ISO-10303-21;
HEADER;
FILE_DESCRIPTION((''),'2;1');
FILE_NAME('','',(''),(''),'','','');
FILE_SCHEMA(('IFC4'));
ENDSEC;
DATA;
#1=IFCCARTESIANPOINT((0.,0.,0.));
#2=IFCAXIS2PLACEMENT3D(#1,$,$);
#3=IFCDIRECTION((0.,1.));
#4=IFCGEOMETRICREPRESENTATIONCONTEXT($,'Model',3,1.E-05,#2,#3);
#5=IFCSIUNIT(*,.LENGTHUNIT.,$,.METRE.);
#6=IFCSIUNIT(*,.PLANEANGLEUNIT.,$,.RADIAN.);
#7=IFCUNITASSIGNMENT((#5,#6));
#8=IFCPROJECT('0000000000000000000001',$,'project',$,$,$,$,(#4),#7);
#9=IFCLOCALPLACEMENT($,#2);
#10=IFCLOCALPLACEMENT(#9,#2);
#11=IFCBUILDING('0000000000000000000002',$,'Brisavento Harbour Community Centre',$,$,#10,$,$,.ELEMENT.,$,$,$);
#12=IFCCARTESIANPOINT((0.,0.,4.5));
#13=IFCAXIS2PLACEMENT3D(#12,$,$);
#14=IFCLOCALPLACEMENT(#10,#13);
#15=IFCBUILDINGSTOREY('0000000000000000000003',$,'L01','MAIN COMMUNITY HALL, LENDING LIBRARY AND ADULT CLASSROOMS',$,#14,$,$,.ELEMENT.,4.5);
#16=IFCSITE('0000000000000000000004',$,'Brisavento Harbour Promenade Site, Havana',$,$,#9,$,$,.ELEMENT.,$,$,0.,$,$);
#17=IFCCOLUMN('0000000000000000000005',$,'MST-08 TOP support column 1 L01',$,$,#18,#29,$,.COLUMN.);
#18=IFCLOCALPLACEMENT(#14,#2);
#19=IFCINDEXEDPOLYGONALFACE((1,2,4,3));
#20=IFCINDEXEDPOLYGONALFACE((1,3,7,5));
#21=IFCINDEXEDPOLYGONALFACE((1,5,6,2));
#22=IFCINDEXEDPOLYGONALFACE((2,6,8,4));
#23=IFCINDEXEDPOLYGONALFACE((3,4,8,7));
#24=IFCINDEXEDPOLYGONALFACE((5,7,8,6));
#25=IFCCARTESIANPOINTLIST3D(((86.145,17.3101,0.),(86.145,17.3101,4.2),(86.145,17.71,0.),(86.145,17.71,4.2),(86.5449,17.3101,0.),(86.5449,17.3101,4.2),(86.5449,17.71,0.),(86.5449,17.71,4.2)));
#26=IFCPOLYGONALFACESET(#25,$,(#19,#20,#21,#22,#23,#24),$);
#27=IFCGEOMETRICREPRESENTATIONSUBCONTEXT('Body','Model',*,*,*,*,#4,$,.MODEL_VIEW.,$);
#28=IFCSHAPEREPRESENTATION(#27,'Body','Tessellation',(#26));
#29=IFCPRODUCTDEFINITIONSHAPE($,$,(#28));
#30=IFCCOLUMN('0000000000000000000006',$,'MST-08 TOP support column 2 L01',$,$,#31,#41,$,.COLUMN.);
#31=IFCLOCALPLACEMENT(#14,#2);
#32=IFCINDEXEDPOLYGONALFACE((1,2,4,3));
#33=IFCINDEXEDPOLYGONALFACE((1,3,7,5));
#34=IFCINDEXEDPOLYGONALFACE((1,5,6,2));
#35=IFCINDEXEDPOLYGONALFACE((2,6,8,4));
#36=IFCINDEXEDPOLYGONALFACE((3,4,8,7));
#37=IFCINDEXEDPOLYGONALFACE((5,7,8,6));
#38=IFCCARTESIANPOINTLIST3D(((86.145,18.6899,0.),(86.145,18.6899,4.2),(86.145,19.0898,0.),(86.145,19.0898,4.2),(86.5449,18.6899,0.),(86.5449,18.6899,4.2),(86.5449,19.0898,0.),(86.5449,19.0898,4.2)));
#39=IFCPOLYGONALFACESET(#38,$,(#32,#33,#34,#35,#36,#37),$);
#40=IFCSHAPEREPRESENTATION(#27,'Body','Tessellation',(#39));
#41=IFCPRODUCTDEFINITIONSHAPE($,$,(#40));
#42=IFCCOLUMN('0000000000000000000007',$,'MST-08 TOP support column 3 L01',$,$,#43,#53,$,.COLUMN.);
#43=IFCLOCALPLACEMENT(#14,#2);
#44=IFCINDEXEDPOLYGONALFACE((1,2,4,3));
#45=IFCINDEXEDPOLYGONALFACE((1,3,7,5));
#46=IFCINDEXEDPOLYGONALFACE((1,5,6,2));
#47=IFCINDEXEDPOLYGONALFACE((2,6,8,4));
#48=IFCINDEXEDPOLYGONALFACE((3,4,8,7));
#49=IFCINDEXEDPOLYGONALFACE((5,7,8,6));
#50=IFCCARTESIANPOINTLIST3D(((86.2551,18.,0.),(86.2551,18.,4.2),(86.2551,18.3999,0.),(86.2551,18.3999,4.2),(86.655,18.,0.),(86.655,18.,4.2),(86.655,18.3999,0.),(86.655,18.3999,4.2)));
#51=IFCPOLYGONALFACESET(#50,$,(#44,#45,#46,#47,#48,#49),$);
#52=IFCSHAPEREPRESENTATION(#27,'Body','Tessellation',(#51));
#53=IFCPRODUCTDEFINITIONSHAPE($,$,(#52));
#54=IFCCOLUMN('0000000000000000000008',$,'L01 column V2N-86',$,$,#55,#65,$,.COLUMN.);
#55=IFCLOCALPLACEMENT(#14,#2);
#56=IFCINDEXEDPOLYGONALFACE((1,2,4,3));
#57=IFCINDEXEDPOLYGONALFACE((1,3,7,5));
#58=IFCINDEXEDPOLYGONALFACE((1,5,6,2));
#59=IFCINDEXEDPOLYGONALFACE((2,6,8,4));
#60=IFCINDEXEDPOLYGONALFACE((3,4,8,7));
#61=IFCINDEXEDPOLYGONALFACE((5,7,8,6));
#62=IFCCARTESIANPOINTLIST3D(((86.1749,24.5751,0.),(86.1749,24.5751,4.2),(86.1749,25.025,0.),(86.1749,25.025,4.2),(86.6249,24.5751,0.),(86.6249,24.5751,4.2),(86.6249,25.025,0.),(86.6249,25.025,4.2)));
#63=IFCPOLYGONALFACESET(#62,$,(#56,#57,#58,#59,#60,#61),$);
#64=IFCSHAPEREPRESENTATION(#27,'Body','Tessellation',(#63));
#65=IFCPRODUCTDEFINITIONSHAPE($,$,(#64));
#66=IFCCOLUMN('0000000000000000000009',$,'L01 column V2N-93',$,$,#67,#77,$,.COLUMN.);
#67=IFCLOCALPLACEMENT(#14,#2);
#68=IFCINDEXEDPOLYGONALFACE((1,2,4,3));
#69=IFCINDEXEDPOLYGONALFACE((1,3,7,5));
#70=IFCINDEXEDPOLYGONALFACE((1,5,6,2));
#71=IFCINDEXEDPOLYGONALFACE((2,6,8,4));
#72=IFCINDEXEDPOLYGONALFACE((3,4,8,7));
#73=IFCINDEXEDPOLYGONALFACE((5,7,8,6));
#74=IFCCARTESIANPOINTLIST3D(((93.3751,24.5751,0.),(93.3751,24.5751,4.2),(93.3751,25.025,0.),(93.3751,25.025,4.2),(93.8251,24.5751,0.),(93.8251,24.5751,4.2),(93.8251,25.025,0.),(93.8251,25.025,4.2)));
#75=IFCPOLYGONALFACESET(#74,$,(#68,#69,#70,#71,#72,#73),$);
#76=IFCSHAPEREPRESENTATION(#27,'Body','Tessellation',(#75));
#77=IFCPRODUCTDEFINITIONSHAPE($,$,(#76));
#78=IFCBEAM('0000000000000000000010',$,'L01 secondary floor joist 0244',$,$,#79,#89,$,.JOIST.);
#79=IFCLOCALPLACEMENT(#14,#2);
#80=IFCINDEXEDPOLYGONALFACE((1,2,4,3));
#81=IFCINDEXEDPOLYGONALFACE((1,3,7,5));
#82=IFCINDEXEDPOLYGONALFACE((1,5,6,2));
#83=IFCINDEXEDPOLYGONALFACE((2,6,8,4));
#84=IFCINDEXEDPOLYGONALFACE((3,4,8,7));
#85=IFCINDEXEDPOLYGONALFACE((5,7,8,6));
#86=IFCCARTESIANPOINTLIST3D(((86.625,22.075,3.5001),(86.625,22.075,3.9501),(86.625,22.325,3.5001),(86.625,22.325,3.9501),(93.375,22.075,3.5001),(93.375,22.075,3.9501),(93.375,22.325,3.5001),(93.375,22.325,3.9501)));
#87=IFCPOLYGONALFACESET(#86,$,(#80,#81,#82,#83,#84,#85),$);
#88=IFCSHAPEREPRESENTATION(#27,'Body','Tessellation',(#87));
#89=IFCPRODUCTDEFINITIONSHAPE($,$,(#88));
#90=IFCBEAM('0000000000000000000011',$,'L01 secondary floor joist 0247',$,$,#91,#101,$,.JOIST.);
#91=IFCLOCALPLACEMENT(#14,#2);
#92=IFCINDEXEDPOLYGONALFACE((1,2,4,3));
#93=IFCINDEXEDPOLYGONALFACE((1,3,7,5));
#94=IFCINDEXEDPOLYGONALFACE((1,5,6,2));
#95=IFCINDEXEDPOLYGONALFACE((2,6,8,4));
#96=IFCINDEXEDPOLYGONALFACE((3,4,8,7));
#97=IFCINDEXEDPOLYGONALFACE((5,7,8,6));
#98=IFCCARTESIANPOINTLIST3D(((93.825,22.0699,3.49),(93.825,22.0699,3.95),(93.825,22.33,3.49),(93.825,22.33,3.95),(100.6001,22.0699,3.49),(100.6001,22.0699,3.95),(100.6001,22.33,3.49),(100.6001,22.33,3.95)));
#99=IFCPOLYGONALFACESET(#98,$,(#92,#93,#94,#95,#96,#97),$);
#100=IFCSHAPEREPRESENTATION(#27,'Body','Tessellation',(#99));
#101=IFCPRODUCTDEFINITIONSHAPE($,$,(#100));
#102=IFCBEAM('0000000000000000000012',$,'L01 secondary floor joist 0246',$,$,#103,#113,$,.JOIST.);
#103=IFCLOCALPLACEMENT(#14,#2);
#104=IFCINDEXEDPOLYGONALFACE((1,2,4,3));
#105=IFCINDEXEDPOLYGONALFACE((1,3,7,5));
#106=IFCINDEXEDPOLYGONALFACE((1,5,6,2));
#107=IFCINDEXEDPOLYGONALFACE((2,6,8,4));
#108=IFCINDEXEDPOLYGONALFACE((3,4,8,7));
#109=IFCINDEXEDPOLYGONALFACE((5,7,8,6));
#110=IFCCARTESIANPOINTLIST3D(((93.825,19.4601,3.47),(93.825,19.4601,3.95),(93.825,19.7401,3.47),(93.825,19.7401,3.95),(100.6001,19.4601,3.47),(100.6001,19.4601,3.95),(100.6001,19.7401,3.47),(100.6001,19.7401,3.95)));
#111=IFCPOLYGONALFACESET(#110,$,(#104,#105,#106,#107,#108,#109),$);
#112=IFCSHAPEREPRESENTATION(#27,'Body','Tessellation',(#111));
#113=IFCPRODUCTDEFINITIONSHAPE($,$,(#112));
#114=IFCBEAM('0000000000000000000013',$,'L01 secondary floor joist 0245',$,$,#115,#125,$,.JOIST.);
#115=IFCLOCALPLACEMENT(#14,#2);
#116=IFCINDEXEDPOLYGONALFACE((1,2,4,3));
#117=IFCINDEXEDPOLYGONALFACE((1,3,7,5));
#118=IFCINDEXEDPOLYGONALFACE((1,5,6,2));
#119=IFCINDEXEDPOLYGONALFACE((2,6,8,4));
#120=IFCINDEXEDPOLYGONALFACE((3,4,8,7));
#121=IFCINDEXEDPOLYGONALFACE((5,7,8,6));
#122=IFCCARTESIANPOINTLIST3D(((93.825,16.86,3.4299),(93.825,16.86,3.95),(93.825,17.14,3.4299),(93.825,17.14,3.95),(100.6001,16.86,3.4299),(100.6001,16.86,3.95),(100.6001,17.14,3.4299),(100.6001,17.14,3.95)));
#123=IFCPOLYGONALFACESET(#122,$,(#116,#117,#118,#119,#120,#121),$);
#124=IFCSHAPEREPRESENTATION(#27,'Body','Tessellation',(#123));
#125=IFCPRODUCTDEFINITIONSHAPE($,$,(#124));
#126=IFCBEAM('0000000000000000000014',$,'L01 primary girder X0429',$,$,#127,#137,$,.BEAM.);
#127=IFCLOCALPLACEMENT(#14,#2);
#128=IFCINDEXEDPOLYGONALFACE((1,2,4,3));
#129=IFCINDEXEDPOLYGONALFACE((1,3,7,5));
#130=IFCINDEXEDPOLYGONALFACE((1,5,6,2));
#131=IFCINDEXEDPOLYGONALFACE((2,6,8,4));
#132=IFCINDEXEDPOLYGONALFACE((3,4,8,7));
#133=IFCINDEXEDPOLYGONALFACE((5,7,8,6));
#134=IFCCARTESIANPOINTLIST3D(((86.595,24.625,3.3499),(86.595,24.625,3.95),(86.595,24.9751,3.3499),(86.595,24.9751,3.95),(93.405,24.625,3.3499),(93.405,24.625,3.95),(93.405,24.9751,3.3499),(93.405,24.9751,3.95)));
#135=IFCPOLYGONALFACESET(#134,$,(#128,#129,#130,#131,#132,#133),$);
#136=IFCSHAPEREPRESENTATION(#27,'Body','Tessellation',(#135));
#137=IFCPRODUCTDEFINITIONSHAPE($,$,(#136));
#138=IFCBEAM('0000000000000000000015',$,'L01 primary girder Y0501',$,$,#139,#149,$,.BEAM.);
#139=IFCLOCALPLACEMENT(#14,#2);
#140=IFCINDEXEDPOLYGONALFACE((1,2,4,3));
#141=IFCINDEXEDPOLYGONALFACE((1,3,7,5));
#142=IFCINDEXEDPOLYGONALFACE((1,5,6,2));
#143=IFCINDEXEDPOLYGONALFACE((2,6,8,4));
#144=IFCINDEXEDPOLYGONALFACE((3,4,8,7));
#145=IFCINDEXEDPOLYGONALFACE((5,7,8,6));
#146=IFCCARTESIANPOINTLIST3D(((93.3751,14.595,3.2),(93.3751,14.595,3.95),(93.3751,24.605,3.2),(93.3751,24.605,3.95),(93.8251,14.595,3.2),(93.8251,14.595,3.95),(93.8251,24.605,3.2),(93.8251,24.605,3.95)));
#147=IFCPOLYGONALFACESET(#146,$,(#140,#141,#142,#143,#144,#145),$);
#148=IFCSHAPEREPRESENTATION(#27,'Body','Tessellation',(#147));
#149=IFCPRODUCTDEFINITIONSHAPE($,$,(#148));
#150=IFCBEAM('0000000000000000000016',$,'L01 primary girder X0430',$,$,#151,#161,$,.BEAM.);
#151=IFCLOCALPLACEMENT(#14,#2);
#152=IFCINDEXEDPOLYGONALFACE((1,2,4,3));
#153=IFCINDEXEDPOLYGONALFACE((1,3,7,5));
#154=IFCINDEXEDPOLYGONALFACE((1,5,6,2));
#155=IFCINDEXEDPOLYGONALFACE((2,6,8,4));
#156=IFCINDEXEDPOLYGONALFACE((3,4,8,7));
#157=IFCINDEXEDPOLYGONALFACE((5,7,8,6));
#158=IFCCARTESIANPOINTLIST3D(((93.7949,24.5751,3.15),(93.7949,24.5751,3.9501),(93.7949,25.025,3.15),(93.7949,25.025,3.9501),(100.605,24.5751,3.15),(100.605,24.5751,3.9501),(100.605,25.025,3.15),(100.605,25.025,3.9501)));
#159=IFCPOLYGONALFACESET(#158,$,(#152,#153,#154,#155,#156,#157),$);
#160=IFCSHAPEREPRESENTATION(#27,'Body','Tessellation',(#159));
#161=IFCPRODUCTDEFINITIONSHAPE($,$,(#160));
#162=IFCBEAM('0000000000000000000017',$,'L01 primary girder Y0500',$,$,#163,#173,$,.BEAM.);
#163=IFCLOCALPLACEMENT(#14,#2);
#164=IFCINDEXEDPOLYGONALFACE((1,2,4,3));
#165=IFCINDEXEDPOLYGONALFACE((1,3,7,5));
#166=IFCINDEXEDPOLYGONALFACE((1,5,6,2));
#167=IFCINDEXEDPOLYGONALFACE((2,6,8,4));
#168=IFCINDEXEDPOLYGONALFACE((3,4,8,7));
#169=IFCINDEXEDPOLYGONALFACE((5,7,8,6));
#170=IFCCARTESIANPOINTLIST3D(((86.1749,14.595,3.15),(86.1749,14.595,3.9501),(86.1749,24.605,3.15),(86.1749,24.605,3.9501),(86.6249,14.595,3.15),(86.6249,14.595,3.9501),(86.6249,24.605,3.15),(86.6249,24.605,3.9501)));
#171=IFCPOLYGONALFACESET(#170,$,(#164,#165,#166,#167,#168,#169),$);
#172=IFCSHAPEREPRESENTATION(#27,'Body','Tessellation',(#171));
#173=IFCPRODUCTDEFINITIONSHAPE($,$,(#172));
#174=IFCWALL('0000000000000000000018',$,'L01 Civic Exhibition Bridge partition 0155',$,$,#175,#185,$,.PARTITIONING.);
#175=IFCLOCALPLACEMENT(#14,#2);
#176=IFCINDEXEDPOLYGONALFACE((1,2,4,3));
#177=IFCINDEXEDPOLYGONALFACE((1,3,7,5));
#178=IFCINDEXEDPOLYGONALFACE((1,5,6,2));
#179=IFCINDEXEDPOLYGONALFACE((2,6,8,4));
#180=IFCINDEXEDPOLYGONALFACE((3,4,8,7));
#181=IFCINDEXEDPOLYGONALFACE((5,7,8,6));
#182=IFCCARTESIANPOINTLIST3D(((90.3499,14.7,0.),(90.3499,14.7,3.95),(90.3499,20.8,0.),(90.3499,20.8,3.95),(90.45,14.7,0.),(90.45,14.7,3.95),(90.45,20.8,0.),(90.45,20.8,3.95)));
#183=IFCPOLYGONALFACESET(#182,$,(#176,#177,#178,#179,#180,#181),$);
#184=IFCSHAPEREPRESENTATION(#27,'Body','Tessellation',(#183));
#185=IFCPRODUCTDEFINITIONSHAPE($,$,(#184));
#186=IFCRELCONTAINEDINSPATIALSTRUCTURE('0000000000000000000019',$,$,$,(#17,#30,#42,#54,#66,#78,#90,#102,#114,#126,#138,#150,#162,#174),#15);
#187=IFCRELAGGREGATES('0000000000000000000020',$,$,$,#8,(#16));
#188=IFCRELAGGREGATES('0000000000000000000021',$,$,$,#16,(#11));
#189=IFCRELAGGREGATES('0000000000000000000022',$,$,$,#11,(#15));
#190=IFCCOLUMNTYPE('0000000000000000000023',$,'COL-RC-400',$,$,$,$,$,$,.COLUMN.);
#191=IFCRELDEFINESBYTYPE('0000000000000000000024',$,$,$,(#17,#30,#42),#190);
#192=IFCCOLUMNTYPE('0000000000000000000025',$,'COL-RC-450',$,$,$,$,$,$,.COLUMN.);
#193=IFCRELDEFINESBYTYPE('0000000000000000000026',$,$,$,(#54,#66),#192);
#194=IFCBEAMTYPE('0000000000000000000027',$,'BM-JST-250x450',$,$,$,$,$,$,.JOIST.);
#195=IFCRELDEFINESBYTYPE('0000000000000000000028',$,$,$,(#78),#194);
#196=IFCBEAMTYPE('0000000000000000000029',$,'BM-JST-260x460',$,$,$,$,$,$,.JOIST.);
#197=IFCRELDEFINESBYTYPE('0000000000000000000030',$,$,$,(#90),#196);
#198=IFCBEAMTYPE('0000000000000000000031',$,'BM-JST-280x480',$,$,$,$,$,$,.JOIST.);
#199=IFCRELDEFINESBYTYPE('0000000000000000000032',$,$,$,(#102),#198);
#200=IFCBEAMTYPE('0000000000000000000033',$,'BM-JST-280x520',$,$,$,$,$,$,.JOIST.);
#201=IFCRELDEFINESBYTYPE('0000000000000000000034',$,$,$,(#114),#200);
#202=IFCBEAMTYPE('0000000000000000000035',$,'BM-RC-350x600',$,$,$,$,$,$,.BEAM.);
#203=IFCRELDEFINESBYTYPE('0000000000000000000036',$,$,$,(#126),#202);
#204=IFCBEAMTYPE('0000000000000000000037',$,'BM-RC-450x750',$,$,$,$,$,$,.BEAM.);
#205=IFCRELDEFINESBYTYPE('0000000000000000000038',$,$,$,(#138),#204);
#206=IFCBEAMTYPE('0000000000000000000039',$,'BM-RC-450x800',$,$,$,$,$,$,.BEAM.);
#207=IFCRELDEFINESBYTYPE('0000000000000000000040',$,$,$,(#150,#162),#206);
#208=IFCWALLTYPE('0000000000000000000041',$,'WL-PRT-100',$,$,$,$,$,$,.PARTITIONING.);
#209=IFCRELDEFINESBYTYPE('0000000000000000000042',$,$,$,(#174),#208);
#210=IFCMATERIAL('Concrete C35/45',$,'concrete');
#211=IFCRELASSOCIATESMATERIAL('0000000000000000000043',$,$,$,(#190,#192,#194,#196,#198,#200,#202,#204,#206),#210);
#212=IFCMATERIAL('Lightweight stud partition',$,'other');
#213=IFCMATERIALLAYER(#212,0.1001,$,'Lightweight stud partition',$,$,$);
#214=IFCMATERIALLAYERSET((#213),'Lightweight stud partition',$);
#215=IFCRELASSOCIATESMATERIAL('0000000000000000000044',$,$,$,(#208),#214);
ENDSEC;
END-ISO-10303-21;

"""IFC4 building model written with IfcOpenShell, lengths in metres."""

from ifc_helpers import new_model, si_unit, direction, frame, frame_2d, origin, origin_2d, place, context, subcontext, project, spatial, rectangle, extrude, material, layer, layer_set, material_profile, profile_set, type_object, element, save


model = new_model("IFC4")

# Units and contexts
model_context = context("Model", 3, precision=1e-05, world=origin(), true_north=direction((0.0, 1.0)))
body_context = subcontext(model_context, "Body", "Model", "MODEL_VIEW")
ifc_project = project(units=[si_unit("LENGTHUNIT", "METRE"), si_unit("PLANEANGLEUNIT", "RADIAN")], contexts=[model_context])

# Site, building, storey
site_placement = place(None, origin())
site = spatial("IfcSite", under=ifc_project, at=site_placement, Name="Brisavento Harbour Promenade Site, Havana", CompositionType="ELEMENT", RefElevation=0.0)
building_placement = place(site_placement, origin())
building = spatial("IfcBuilding", under=site, at=building_placement, Name="Brisavento Harbour Community Centre", CompositionType="ELEMENT")
storey_placement = place(building_placement, frame((0.0, 0.0, 4.5)))
storey = spatial("IfcBuildingStorey", under=building, at=storey_placement, Name="L01", Description="MAIN COMMUNITY HALL, LENDING LIBRARY AND ADULT CLASSROOMS", CompositionType="ELEMENT", Elevation=4.5)

# Columns
ifc_material_1 = material(Name="Concrete C35/45", Category="concrete")
ifc_material_profile_1 = material_profile(ifc_material_1, rectangle(XDim=0.3999, YDim=0.3999, at=origin_2d()), Name="Concrete C35/45")
ifc_profile_set_1 = profile_set([ifc_material_profile_1], Name="Concrete C35/45")
column_type_1 = type_object("IfcColumnType", Name="COL-RC-400", PredefinedType="COLUMN", material=ifc_profile_set_1)
for number, where, z_axis, x_axis, name in (
    (1, (86.345, 17.51, 0.0), (0.0, 0.0, 1.0), (1.0, 0.0, 0.0), "MST-08 TOP support column 1 L01"),
    (2, (86.345, 18.8899, 0.0), (0.0, 0.0, 1.0), (1.0, 0.0, 0.0), "MST-08 TOP support column 2 L01"),
    (3, (86.4551, 18.2, 0.0), (0.0, 0.0, 1.0), (1.0, 0.0, 0.0), "MST-08 TOP support column 3 L01"),
):
    element("IfcColumn", number, at=place(storey_placement, frame(where, z_axis=z_axis, x_axis=x_axis)), inside=storey, type_object=column_type_1, Name=name, PredefinedType="COLUMN", context=body_context, shape_type="SweptSolid", body=[
        extrude(rectangle(XDim=0.3999, YDim=0.3999, at=origin_2d()), origin(), (0.0, 0.0, 1.0), 4.2),
    ])
ifc_material_profile_2 = material_profile(ifc_material_1, rectangle(XDim=0.45, YDim=0.45, at=origin_2d()), Name="Concrete C35/45")
ifc_profile_set_2 = profile_set([ifc_material_profile_2], Name="Concrete C35/45")
column_type_2 = type_object("IfcColumnType", Name="COL-RC-450", PredefinedType="COLUMN", material=ifc_profile_set_2)
for number, where, z_axis, x_axis, name in (
    (4, (86.3999, 24.8, 0.0), (0.0, 0.0, 1.0), (1.0, 0.0, 0.0), "L01 column V2N-86"),
    (5, (93.6001, 24.8, 0.0), (0.0, 0.0, 1.0), (1.0, 0.0, 0.0), "L01 column V2N-93"),
):
    element("IfcColumn", number, at=place(storey_placement, frame(where, z_axis=z_axis, x_axis=x_axis)), inside=storey, type_object=column_type_2, Name=name, PredefinedType="COLUMN", context=body_context, shape_type="SweptSolid", body=[
        extrude(rectangle(XDim=0.45, YDim=0.45, at=origin_2d()), origin(), (0.0, 0.0, 1.0), 4.2),
    ])

# Beams
ifc_material_profile_3 = material_profile(ifc_material_1, rectangle(XDim=0.25, YDim=0.45, at=origin_2d()), Name="Concrete C35/45")
ifc_profile_set_3 = profile_set([ifc_material_profile_3], Name="Concrete C35/45")
beam_type_1 = type_object("IfcBeamType", Name="BM-JST-250x450", PredefinedType="JOIST", material=ifc_profile_set_3)
beam_1_placement = place(storey_placement, frame((86.625, 22.2, 3.7251), z_axis=(1.0, 0.0, 0.0), x_axis=(0.0, 1.0, 0.0)))
element("IfcBeam", 6, at=beam_1_placement, inside=storey, type_object=beam_type_1, Name="L01 secondary floor joist 0244", PredefinedType="JOIST", context=body_context, shape_type="SweptSolid", body=[
    extrude(rectangle(XDim=0.25, YDim=0.45, at=origin_2d()), origin(), (0.0, 0.0, 1.0), 6.75),
])
ifc_material_profile_4 = material_profile(ifc_material_1, rectangle(XDim=0.26, YDim=0.46, at=origin_2d()), Name="Concrete C35/45")
ifc_profile_set_4 = profile_set([ifc_material_profile_4], Name="Concrete C35/45")
beam_type_2 = type_object("IfcBeamType", Name="BM-JST-260x460", PredefinedType="JOIST", material=ifc_profile_set_4)
beam_2_placement = place(storey_placement, frame((93.825, 22.2, 3.72), z_axis=(1.0, 0.0, 0.0), x_axis=(0.0, 1.0, 0.0)))
element("IfcBeam", 7, at=beam_2_placement, inside=storey, type_object=beam_type_2, Name="L01 secondary floor joist 0247", PredefinedType="JOIST", context=body_context, shape_type="SweptSolid", body=[
    extrude(rectangle(XDim=0.26, YDim=0.46, at=origin_2d()), origin(), (0.0, 0.0, 1.0), 6.7751),
])
ifc_material_profile_5 = material_profile(ifc_material_1, rectangle(XDim=0.28, YDim=0.48, at=origin_2d()), Name="Concrete C35/45")
ifc_profile_set_5 = profile_set([ifc_material_profile_5], Name="Concrete C35/45")
beam_type_3 = type_object("IfcBeamType", Name="BM-JST-280x480", PredefinedType="JOIST", material=ifc_profile_set_5)
beam_3_placement = place(storey_placement, frame((93.825, 19.6001, 3.71), z_axis=(1.0, 0.0, 0.0), x_axis=(0.0, 1.0, 0.0)))
element("IfcBeam", 8, at=beam_3_placement, inside=storey, type_object=beam_type_3, Name="L01 secondary floor joist 0246", PredefinedType="JOIST", context=body_context, shape_type="SweptSolid", body=[
    extrude(rectangle(XDim=0.28, YDim=0.48, at=origin_2d()), origin(), (0.0, 0.0, 1.0), 6.7751),
])
ifc_material_profile_6 = material_profile(ifc_material_1, rectangle(XDim=0.28, YDim=0.52, at=origin_2d()), Name="Concrete C35/45")
ifc_profile_set_6 = profile_set([ifc_material_profile_6], Name="Concrete C35/45")
beam_type_4 = type_object("IfcBeamType", Name="BM-JST-280x520", PredefinedType="JOIST", material=ifc_profile_set_6)
beam_4_placement = place(storey_placement, frame((93.825, 17.0, 3.6899), z_axis=(1.0, 0.0, 0.0), x_axis=(0.0, 1.0, 0.0)))
element("IfcBeam", 9, at=beam_4_placement, inside=storey, type_object=beam_type_4, Name="L01 secondary floor joist 0245", PredefinedType="JOIST", context=body_context, shape_type="SweptSolid", body=[
    extrude(rectangle(XDim=0.28, YDim=0.52, at=origin_2d()), origin(), (0.0, 0.0, 1.0), 6.7751),
])
ifc_material_profile_7 = material_profile(ifc_material_1, rectangle(XDim=0.3501, YDim=0.6001, at=origin_2d()), Name="Concrete C35/45")
ifc_profile_set_7 = profile_set([ifc_material_profile_7], Name="Concrete C35/45")
beam_type_5 = type_object("IfcBeamType", Name="BM-RC-350x600", PredefinedType="BEAM", material=ifc_profile_set_7)
beam_5_placement = place(storey_placement, frame((86.595, 24.8, 3.6499), z_axis=(1.0, 0.0, 0.0), x_axis=(0.0, 1.0, 0.0)))
element("IfcBeam", 10, at=beam_5_placement, inside=storey, type_object=beam_type_5, Name="L01 primary girder X0429", PredefinedType="BEAM", context=body_context, shape_type="SweptSolid", body=[
    extrude(rectangle(XDim=0.3501, YDim=0.6001, at=origin_2d()), origin(), (0.0, 0.0, 1.0), 6.8101),
])
ifc_material_profile_8 = material_profile(ifc_material_1, rectangle(XDim=0.45, YDim=0.75, at=origin_2d()), Name="Concrete C35/45")
ifc_profile_set_8 = profile_set([ifc_material_profile_8], Name="Concrete C35/45")
beam_type_6 = type_object("IfcBeamType", Name="BM-RC-450x750", PredefinedType="BEAM", material=ifc_profile_set_8)
beam_6_placement = place(storey_placement, frame((93.6001, 14.595, 3.575), z_axis=(0.0, 1.0, 0.0), x_axis=(-1.0, 0.0, 0.0)))
element("IfcBeam", 11, at=beam_6_placement, inside=storey, type_object=beam_type_6, Name="L01 primary girder Y0501", PredefinedType="BEAM", context=body_context, shape_type="SweptSolid", body=[
    extrude(rectangle(XDim=0.45, YDim=0.75, at=origin_2d()), origin(), (0.0, 0.0, 1.0), 10.01),
])
ifc_material_profile_9 = material_profile(ifc_material_1, rectangle(XDim=0.45, YDim=0.8, at=origin_2d()), Name="Concrete C35/45")
ifc_profile_set_9 = profile_set([ifc_material_profile_9], Name="Concrete C35/45")
beam_type_7 = type_object("IfcBeamType", Name="BM-RC-450x800", PredefinedType="BEAM", material=ifc_profile_set_9)
beam_7_placement = place(storey_placement, frame((93.7949, 24.8, 3.55), z_axis=(1.0, 0.0, 0.0), x_axis=(0.0, 1.0, 0.0)))
element("IfcBeam", 12, at=beam_7_placement, inside=storey, type_object=beam_type_7, Name="L01 primary girder X0430", PredefinedType="BEAM", context=body_context, shape_type="SweptSolid", body=[
    extrude(rectangle(XDim=0.45, YDim=0.8, at=origin_2d()), origin(), (0.0, 0.0, 1.0), 6.8101),
])
beam_8_placement = place(storey_placement, frame((86.3999, 14.595, 3.55), z_axis=(0.0, 1.0, 0.0), x_axis=(-1.0, 0.0, 0.0)))
element("IfcBeam", 13, at=beam_8_placement, inside=storey, type_object=beam_type_7, Name="L01 primary girder Y0500", PredefinedType="BEAM", context=body_context, shape_type="SweptSolid", body=[
    extrude(rectangle(XDim=0.45, YDim=0.8, at=origin_2d()), origin(), (0.0, 0.0, 1.0), 10.01),
])

# Wall
ifc_material_2 = material(Name="Lightweight stud partition", Category="other")
ifc_layer = layer(ifc_material_2, 0.1001, Name="Lightweight stud partition")
ifc_layer_set = layer_set([ifc_layer], Name="Lightweight stud partition")
wall_type = type_object("IfcWallType", Name="WL-PRT-100", PredefinedType="PARTITIONING", material=ifc_layer_set)
wall_placement = place(storey_placement, frame((90.3999, 20.8, 0.0), z_axis=(0.0, 0.0, 1.0), x_axis=(0.0, -1.0, 0.0)))
element("IfcWall", 14, at=wall_placement, inside=storey, type_object=wall_type, Name="L01 Civic Exhibition Bridge partition 0155", PredefinedType="PARTITIONING", context=body_context, shape_type="SweptSolid", body=[
    extrude(rectangle(XDim=6.1001, YDim=0.1001, at=frame_2d((3.05, 0.0))), origin(), (0.0, 0.0, 1.0), 3.95),
])

save(model, "model.ifc")
